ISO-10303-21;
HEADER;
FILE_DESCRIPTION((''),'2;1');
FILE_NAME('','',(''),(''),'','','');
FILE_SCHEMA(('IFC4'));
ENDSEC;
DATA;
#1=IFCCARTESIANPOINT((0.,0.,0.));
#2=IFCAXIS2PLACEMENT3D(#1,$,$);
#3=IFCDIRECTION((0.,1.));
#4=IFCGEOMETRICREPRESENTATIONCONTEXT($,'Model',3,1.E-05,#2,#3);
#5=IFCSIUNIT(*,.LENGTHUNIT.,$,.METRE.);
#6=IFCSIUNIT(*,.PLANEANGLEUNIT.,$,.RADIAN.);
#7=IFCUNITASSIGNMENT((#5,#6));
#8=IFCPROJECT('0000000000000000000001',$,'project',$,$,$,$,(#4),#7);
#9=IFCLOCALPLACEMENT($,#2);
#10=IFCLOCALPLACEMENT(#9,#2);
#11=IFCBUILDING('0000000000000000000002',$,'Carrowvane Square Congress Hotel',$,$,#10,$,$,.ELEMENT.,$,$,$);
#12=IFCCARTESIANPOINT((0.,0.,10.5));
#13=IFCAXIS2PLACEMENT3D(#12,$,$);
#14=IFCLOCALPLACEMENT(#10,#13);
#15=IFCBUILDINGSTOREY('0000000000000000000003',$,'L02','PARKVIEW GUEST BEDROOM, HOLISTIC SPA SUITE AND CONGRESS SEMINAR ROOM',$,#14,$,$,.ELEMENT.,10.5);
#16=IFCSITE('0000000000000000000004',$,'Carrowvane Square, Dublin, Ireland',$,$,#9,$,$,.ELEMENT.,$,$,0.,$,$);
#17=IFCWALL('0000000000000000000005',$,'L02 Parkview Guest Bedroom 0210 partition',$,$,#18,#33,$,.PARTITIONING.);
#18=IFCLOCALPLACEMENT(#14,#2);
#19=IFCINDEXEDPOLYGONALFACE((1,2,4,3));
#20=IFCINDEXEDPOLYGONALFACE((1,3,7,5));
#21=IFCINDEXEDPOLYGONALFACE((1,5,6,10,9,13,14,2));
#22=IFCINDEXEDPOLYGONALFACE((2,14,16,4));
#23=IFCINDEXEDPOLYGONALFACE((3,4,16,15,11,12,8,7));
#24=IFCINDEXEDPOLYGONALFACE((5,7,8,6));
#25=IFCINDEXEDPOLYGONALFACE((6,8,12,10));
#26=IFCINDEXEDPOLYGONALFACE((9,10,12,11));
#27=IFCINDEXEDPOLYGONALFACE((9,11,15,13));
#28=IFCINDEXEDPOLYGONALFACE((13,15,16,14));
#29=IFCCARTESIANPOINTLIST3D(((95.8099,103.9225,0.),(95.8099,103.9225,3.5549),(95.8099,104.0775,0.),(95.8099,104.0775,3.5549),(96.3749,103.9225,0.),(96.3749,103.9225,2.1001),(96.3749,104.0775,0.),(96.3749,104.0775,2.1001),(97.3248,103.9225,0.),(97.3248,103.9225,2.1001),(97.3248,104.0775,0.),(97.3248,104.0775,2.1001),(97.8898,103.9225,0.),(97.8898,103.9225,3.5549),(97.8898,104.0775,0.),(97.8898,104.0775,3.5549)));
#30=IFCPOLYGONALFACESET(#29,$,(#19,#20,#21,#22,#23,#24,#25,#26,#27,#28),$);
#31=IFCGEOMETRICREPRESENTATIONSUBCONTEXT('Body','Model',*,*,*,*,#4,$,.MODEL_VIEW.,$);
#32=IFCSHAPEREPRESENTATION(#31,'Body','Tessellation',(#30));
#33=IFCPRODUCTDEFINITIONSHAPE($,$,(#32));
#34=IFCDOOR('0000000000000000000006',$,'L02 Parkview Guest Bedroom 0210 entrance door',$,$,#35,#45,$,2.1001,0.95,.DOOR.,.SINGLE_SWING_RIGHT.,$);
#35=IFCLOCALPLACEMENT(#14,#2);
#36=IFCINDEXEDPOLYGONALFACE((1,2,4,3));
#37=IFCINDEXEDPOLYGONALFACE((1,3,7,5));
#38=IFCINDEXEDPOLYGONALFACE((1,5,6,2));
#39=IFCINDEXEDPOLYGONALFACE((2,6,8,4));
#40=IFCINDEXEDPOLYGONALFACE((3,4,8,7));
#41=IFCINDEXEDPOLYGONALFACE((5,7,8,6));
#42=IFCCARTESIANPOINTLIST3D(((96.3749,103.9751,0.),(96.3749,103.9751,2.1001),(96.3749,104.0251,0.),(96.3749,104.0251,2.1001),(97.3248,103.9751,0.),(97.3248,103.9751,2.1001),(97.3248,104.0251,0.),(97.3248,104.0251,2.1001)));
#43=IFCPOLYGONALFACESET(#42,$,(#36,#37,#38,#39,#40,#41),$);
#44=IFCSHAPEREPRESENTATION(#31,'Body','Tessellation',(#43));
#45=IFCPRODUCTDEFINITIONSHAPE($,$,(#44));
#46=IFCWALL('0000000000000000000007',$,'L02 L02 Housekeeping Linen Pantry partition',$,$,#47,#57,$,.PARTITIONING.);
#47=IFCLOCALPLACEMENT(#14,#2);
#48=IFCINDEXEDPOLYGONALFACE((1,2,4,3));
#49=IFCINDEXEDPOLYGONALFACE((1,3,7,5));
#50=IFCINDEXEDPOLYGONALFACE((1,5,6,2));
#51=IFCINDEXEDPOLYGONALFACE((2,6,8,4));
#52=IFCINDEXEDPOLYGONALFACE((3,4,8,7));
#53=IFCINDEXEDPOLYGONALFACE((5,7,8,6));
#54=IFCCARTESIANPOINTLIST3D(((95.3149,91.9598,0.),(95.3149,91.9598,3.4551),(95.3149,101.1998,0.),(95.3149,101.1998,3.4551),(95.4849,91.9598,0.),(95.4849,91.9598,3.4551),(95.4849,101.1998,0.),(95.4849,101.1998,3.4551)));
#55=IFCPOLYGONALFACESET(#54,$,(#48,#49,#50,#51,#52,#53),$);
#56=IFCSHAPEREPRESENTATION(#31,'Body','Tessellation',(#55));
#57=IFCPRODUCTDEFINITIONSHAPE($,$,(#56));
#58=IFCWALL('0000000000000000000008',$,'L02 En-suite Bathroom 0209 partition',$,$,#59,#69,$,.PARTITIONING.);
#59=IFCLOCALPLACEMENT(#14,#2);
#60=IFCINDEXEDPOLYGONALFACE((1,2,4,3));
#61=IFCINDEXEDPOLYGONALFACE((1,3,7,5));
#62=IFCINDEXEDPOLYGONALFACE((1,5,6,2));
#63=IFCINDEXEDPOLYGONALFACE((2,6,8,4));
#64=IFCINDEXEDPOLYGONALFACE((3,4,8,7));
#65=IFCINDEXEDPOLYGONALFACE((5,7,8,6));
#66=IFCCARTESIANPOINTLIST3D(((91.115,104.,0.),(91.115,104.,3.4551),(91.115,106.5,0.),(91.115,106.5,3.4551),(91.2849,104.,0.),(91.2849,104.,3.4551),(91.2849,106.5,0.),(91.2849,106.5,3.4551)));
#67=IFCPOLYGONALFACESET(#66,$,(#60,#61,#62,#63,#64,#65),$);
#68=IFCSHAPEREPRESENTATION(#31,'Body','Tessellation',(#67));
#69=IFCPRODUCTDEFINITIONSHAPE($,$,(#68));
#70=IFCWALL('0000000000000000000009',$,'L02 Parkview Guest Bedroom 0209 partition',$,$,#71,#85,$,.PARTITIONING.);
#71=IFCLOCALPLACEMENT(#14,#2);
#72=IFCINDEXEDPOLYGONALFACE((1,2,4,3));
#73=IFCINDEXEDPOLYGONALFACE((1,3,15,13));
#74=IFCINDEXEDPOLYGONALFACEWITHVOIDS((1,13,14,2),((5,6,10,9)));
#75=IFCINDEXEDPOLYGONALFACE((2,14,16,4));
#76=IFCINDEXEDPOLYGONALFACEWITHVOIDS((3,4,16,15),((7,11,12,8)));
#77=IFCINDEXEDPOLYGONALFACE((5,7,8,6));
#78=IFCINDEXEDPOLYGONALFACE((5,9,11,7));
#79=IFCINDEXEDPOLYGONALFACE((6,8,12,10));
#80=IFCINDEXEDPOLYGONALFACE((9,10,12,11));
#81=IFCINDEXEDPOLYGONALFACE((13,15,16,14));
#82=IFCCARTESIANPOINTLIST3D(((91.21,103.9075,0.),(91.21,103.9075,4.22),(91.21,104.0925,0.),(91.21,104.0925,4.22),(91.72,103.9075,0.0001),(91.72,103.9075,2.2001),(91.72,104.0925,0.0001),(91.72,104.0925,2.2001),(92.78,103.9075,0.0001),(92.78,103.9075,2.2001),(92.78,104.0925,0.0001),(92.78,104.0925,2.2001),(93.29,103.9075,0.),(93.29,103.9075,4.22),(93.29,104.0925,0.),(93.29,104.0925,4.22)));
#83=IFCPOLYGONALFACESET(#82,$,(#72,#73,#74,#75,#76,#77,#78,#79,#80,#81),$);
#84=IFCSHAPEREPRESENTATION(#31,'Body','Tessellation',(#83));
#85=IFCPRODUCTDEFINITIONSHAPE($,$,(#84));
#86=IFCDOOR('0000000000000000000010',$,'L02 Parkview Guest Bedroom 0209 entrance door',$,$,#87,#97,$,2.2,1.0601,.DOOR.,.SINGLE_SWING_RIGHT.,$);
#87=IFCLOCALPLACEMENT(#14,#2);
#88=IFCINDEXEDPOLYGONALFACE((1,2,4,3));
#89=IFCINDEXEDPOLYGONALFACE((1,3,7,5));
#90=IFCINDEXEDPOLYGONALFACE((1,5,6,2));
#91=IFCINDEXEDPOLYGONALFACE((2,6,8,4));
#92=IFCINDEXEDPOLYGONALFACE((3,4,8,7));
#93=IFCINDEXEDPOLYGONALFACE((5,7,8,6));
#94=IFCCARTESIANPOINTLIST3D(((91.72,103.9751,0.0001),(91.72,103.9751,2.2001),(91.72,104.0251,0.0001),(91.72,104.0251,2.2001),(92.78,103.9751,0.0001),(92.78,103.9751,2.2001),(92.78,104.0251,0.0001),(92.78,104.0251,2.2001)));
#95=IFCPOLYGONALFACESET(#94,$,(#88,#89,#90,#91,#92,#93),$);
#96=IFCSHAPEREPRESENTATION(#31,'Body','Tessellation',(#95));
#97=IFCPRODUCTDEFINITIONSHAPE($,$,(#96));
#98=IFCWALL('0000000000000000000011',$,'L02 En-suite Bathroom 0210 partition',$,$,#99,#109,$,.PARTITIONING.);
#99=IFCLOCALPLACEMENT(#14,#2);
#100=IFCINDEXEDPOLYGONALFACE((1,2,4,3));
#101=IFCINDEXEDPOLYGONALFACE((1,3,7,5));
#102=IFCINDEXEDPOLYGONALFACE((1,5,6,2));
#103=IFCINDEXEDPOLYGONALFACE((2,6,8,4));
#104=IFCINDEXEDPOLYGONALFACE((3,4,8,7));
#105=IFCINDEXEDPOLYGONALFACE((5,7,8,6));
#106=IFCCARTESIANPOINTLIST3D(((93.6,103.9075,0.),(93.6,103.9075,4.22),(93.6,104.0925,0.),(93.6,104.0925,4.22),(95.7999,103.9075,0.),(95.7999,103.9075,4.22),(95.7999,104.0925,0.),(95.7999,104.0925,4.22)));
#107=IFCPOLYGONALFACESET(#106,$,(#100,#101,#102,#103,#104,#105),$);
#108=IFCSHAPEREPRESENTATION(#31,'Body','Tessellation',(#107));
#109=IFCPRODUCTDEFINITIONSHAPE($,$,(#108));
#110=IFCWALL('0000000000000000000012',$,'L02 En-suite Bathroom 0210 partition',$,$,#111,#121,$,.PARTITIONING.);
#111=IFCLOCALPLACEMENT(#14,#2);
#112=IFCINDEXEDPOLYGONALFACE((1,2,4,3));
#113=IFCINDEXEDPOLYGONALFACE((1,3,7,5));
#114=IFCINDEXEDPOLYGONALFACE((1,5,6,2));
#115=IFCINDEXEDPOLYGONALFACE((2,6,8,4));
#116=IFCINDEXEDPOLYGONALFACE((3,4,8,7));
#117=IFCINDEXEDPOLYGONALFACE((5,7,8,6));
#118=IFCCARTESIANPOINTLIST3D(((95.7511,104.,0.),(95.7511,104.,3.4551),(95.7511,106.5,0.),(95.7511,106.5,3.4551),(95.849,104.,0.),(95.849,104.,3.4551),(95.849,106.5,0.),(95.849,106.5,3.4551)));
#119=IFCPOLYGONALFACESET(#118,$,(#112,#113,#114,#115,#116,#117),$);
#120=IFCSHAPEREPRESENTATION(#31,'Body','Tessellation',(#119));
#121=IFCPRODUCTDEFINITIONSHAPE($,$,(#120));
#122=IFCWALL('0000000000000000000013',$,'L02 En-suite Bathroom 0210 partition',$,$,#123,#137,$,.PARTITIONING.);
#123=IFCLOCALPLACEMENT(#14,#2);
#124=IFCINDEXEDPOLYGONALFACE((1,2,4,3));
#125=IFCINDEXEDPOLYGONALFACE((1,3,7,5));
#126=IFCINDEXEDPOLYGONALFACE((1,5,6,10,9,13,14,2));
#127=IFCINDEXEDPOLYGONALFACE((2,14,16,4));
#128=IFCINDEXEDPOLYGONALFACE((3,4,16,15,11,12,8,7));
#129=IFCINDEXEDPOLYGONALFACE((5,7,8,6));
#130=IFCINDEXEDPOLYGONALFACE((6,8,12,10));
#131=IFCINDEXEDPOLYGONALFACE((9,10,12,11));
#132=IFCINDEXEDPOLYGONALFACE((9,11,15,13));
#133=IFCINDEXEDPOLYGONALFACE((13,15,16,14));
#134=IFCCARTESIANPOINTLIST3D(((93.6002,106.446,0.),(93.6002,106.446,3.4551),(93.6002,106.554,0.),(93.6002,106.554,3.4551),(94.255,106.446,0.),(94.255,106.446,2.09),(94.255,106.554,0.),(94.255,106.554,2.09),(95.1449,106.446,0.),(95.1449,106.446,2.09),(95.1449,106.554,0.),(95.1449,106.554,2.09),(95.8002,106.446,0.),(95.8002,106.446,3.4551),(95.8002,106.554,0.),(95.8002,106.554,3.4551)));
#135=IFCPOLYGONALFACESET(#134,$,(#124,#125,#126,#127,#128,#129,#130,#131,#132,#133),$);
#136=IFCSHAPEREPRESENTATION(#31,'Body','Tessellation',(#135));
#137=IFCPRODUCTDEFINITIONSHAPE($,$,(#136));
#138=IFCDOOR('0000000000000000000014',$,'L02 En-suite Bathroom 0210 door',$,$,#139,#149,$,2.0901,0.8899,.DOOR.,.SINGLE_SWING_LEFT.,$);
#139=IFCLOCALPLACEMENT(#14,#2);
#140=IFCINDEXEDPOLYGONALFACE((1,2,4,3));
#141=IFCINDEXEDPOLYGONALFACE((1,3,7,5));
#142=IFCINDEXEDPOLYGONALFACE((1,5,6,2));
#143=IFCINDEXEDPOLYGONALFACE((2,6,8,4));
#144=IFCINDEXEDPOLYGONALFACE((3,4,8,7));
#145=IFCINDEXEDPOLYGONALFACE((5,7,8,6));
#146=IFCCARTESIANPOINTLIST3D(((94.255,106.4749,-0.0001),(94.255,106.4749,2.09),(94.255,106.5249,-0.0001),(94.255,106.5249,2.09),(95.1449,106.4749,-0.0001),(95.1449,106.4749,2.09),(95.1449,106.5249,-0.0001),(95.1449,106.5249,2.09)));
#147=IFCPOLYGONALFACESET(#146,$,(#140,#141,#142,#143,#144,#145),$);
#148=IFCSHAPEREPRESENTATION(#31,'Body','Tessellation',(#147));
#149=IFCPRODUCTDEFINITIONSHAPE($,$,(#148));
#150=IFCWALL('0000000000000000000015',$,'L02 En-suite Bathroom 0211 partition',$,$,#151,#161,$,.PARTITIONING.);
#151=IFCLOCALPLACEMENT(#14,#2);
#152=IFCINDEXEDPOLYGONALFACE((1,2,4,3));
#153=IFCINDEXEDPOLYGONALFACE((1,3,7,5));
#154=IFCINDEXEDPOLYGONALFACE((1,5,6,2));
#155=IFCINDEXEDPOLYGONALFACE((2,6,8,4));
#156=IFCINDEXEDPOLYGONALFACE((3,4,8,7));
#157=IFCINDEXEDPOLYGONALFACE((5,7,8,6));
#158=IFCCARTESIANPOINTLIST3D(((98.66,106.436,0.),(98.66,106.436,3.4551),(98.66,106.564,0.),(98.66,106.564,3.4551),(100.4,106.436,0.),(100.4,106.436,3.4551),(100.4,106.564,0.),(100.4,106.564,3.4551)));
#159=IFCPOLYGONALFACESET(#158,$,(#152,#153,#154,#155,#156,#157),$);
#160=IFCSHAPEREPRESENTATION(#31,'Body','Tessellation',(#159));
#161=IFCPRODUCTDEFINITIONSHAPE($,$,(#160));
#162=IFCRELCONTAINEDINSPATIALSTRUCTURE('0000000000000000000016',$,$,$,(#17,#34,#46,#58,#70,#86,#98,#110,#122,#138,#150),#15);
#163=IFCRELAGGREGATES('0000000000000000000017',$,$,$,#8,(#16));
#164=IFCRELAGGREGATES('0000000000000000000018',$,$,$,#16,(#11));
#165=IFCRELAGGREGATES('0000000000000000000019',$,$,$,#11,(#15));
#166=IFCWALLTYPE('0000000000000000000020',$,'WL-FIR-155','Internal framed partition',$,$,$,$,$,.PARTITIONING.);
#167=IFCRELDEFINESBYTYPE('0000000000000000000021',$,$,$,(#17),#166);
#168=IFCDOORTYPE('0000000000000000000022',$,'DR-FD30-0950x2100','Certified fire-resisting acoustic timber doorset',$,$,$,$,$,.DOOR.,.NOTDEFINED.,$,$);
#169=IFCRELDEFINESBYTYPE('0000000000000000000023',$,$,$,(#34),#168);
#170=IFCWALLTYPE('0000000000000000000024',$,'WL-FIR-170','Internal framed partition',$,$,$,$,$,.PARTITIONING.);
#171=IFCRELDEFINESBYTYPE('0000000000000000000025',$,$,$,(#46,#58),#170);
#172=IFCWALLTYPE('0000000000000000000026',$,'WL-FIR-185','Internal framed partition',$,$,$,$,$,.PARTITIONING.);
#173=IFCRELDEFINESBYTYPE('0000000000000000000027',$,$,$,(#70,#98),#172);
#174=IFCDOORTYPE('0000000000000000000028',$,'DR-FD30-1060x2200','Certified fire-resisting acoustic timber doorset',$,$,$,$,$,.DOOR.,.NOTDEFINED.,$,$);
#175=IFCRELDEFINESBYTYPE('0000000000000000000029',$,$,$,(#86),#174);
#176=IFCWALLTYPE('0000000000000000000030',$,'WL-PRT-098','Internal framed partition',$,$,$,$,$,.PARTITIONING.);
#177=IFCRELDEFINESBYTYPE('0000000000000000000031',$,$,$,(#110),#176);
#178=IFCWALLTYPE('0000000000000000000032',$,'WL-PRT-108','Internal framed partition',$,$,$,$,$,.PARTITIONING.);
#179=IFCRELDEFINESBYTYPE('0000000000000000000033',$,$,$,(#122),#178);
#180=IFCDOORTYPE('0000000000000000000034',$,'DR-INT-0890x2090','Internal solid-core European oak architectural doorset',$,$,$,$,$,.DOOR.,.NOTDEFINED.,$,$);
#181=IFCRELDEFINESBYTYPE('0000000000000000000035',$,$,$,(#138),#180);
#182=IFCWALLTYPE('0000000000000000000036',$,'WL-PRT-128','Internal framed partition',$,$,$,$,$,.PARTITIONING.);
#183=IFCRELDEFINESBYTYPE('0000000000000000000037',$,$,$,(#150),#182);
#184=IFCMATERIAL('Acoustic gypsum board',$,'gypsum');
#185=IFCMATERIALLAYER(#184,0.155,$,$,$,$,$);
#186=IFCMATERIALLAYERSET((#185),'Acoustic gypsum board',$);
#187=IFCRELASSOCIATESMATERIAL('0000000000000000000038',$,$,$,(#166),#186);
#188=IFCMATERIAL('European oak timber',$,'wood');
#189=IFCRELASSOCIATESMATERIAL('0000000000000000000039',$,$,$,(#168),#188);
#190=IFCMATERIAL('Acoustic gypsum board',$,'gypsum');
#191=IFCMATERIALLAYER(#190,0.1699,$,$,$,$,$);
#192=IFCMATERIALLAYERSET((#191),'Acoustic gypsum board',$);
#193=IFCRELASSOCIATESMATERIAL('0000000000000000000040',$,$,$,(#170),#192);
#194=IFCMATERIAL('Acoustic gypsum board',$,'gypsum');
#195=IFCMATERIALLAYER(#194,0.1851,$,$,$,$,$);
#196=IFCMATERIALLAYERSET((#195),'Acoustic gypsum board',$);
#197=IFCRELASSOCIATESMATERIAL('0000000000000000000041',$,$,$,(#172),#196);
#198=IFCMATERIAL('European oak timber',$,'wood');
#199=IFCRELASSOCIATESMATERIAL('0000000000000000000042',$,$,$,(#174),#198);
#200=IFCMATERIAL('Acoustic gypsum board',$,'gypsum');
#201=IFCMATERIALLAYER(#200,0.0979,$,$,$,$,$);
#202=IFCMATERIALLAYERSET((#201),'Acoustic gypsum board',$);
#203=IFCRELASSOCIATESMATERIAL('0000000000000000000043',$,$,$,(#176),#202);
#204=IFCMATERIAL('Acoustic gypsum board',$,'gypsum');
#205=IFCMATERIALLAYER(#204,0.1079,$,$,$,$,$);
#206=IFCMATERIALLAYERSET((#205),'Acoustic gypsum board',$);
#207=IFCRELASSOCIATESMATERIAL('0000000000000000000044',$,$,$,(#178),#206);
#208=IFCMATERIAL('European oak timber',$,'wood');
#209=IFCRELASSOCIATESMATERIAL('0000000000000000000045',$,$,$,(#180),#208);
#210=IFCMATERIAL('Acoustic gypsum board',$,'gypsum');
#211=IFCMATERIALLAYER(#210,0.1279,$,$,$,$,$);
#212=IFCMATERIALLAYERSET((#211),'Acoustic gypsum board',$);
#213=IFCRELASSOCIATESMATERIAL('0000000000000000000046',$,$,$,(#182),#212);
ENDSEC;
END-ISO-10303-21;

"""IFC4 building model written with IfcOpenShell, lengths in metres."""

from ifc_helpers import new_model, si_unit, direction, frame, frame_2d, origin, place, context, subcontext, project, spatial, rectangle, extrude, material, layer, layer_set, type_object, element, fill, save


model = new_model("IFC4")

# Units and contexts
model_context = context("Model", 3, precision=1e-05, world=origin(), true_north=direction((0.0, 1.0)))
body_context = subcontext(model_context, "Body", "Model", "MODEL_VIEW")
ifc_project = project(units=[si_unit("LENGTHUNIT", "METRE"), si_unit("PLANEANGLEUNIT", "RADIAN")], contexts=[model_context])

# Site, building, storey
site_placement = place(None, origin())
site = spatial("IfcSite", under=ifc_project, at=site_placement, Name="Carrowvane Square, Dublin, Ireland", CompositionType="ELEMENT", RefElevation=0.0)
building_placement = place(site_placement, origin())
building = spatial("IfcBuilding", under=site, at=building_placement, Name="Carrowvane Square Congress Hotel", CompositionType="ELEMENT")
storey_placement = place(building_placement, frame((0.0, 0.0, 10.5)))
storey = spatial("IfcBuildingStorey", under=building, at=storey_placement, Name="L02", Description="PARKVIEW GUEST BEDROOM, HOLISTIC SPA SUITE AND CONGRESS SEMINAR ROOM", CompositionType="ELEMENT", Elevation=10.5)

# Wall, opening, door
ifc_material_1 = material(Name="Acoustic gypsum board", Category="gypsum")
ifc_layer_1 = layer(ifc_material_1, 0.155)
ifc_layer_set_1 = layer_set([ifc_layer_1], Name="Acoustic gypsum board")
wall_type_1 = type_object("IfcWallType", Name="WL-FIR-155", Description="Internal framed partition", PredefinedType="PARTITIONING", material=ifc_layer_set_1)
wall_1_placement = place(storey_placement, frame((97.8899, 104.0, 0.0), z_axis=(0.0, 0.0, 1.0), x_axis=(-1.0, 0.0, 0.0)))
wall_1 = element("IfcWall", 1, at=wall_1_placement, inside=storey, type_object=wall_type_1, Name="L02 Parkview Guest Bedroom 0210 partition", PredefinedType="PARTITIONING", context=body_context, shape_type="SweptSolid", body=[
    extrude(rectangle(XDim=2.0798, YDim=0.155, at=frame_2d((1.04, 0.0))), origin(), (0.0, 0.0, 1.0), 3.5549),
])
opening_1_placement = place(wall_1_placement, frame((0.5649, 0.0, 0.0)))
opening_1 = element("IfcOpeningElement", 2, at=opening_1_placement, cuts=wall_1, PredefinedType="OPENING", context=body_context, shape_type="SweptSolid", body=[
    extrude(rectangle(XDim=0.95, YDim=2.1001, at=frame_2d((0.4751, 1.05))), frame((0.0, 0.0874, 0.0), z_axis=(0.0, -1.0, 0.0), x_axis=(1.0, 0.0, 0.0)), (0.0, 0.0, 1.0), 0.175),
])
ifc_material_2 = material(Name="European oak timber", Category="wood")
door_type_1 = type_object("IfcDoorType", Name="DR-FD30-0950x2100", Description="Certified fire-resisting acoustic timber doorset", OperationType="NOTDEFINED", PredefinedType="DOOR", material=ifc_material_2)
door_1_placement = place(opening_1_placement, origin())
door_1 = element("IfcDoor", 3, at=door_1_placement, inside=storey, type_object=door_type_1, Name="L02 Parkview Guest Bedroom 0210 entrance door", OperationType="SINGLE_SWING_RIGHT", OverallHeight=2.1001, OverallWidth=0.95, PredefinedType="DOOR", context=body_context, shape_type="SweptSolid", body=[
    extrude(rectangle(XDim=0.95, YDim=2.1001, at=frame_2d((0.4751, 1.05))), frame((0.0, 0.0249, 0.0), z_axis=(0.0, -1.0, 0.0), x_axis=(1.0, 0.0, 0.0)), (0.0, 0.0, 1.0), 0.05),
])
fill(opening_1, door_1)

# Walls
ifc_material_3 = material(Name="Acoustic gypsum board", Category="gypsum")
ifc_layer_2 = layer(ifc_material_3, 0.1699)
ifc_layer_set_2 = layer_set([ifc_layer_2], Name="Acoustic gypsum board")
wall_type_2 = type_object("IfcWallType", Name="WL-FIR-170", Description="Internal framed partition", PredefinedType="PARTITIONING", material=ifc_layer_set_2)
wall_2_placement = place(storey_placement, frame((95.3999, 101.2, 0.0), z_axis=(0.0, 0.0, 1.0), x_axis=(0.0, -1.0, 0.0)))
element("IfcWall", 4, at=wall_2_placement, inside=storey, type_object=wall_type_2, Name="L02 L02 Housekeeping Linen Pantry partition", PredefinedType="PARTITIONING", context=body_context, shape_type="SweptSolid", body=[
    extrude(rectangle(XDim=9.24, YDim=0.1699, at=frame_2d((4.6201, 0.0))), origin(), (0.0, 0.0, 1.0), 3.4551),
])
wall_3_placement = place(storey_placement, frame((91.2, 106.5, 0.0), z_axis=(0.0, 0.0, 1.0), x_axis=(0.0, -1.0, 0.0)))
element("IfcWall", 5, at=wall_3_placement, inside=storey, type_object=wall_type_2, Name="L02 En-suite Bathroom 0209 partition", PredefinedType="PARTITIONING", context=body_context, shape_type="SweptSolid", body=[
    extrude(rectangle(XDim=2.5, YDim=0.1699, at=frame_2d((1.25, 0.0))), origin(), (0.0, 0.0, 1.0), 3.4551),
])

# Wall, opening, door
ifc_material_4 = material(Name="Acoustic gypsum board", Category="gypsum")
ifc_layer_3 = layer(ifc_material_4, 0.1851)
ifc_layer_set_3 = layer_set([ifc_layer_3], Name="Acoustic gypsum board")
wall_type_3 = type_object("IfcWallType", Name="WL-FIR-185", Description="Internal framed partition", PredefinedType="PARTITIONING", material=ifc_layer_set_3)
wall_4_placement = place(storey_placement, frame((93.29, 104.0, 0.0), z_axis=(0.0, 0.0, 1.0), x_axis=(-1.0, 0.0, 0.0)))
wall_4 = element("IfcWall", 6, at=wall_4_placement, inside=storey, type_object=wall_type_3, Name="L02 Parkview Guest Bedroom 0209 partition", PredefinedType="PARTITIONING", context=body_context, shape_type="SweptSolid", body=[
    extrude(rectangle(XDim=2.0801, YDim=0.1851, at=frame_2d((1.04, 0.0))), origin(), (0.0, 0.0, 1.0), 4.22),
])
opening_2_placement = place(wall_4_placement, frame((0.51, 0.0, 0.0)))
opening_2 = element("IfcOpeningElement", 7, at=opening_2_placement, cuts=wall_4, PredefinedType="OPENING", context=body_context, shape_type="SweptSolid", body=[
    extrude(rectangle(XDim=1.0601, YDim=2.2, at=frame_2d((0.53, 1.1001))), frame((0.0, 0.1025, 0.0), z_axis=(0.0, -1.0, 0.0), x_axis=(1.0, 0.0, 0.0)), (0.0, 0.0, 1.0), 0.2051),
])
ifc_material_5 = material(Name="European oak timber", Category="wood")
door_type_2 = type_object("IfcDoorType", Name="DR-FD30-1060x2200", Description="Certified fire-resisting acoustic timber doorset", OperationType="NOTDEFINED", PredefinedType="DOOR", material=ifc_material_5)
door_2_placement = place(opening_2_placement, origin())
door_2 = element("IfcDoor", 8, at=door_2_placement, inside=storey, type_object=door_type_2, Name="L02 Parkview Guest Bedroom 0209 entrance door", OperationType="SINGLE_SWING_RIGHT", OverallHeight=2.2, OverallWidth=1.0601, PredefinedType="DOOR", context=body_context, shape_type="SweptSolid", body=[
    extrude(rectangle(XDim=1.0601, YDim=2.2, at=frame_2d((0.53, 1.1001))), frame((0.0, 0.0249, 0.0), z_axis=(0.0, -1.0, 0.0), x_axis=(1.0, 0.0, 0.0)), (0.0, 0.0, 1.0), 0.05),
])
fill(opening_2, door_2)

# Walls
wall_5_placement = place(storey_placement, frame((95.8, 104.0, 0.0), z_axis=(0.0, 0.0, 1.0), x_axis=(-1.0, 0.0, 0.0)))
element("IfcWall", 9, at=wall_5_placement, inside=storey, type_object=wall_type_3, Name="L02 En-suite Bathroom 0210 partition", PredefinedType="PARTITIONING", context=body_context, shape_type="SweptSolid", body=[
    extrude(rectangle(XDim=2.2, YDim=0.1851, at=frame_2d((1.1001, 0.0))), origin(), (0.0, 0.0, 1.0), 4.22),
])
ifc_material_6 = material(Name="Acoustic gypsum board", Category="gypsum")
ifc_layer_4 = layer(ifc_material_6, 0.0979)
ifc_layer_set_4 = layer_set([ifc_layer_4], Name="Acoustic gypsum board")
wall_type_4 = type_object("IfcWallType", Name="WL-PRT-098", Description="Internal framed partition", PredefinedType="PARTITIONING", material=ifc_layer_set_4)
wall_6_placement = place(storey_placement, frame((95.8, 106.5, 0.0), z_axis=(0.0, 0.0, 1.0), x_axis=(0.0, -1.0, 0.0)))
element("IfcWall", 10, at=wall_6_placement, inside=storey, type_object=wall_type_4, Name="L02 En-suite Bathroom 0210 partition", PredefinedType="PARTITIONING", context=body_context, shape_type="SweptSolid", body=[
    extrude(rectangle(XDim=2.5, YDim=0.0979, at=frame_2d((1.25, 0.0))), origin(), (0.0, 0.0, 1.0), 3.4551),
])

# Wall, opening, door
ifc_material_7 = material(Name="Acoustic gypsum board", Category="gypsum")
ifc_layer_5 = layer(ifc_material_7, 0.1079)
ifc_layer_set_5 = layer_set([ifc_layer_5], Name="Acoustic gypsum board")
wall_type_5 = type_object("IfcWallType", Name="WL-PRT-108", Description="Internal framed partition", PredefinedType="PARTITIONING", material=ifc_layer_set_5)
wall_7_placement = place(storey_placement, frame((93.6001, 106.5, 0.0), z_axis=(0.0, 0.0, 1.0), x_axis=(1.0, 0.0, 0.0)))
wall_7 = element("IfcWall", 11, at=wall_7_placement, inside=storey, type_object=wall_type_5, Name="L02 En-suite Bathroom 0210 partition", PredefinedType="PARTITIONING", context=body_context, shape_type="SweptSolid", body=[
    extrude(rectangle(XDim=2.2, YDim=0.1079, at=frame_2d((1.1001, 0.0))), origin(), (0.0, 0.0, 1.0), 3.4551),
])
opening_3_placement = place(wall_7_placement, frame((0.655, 0.0, 0.0)))
opening_3 = element("IfcOpeningElement", 12, at=opening_3_placement, cuts=wall_7, PredefinedType="OPENING", context=body_context, shape_type="SweptSolid", body=[
    extrude(rectangle(XDim=0.8899, YDim=2.0901, at=frame_2d((0.4448, 1.0449))), frame((0.0, 0.064, 0.0), z_axis=(0.0, -1.0, 0.0), x_axis=(1.0, 0.0, 0.0)), (0.0, 0.0, 1.0), 0.1279),
])
ifc_material_8 = material(Name="European oak timber", Category="wood")
door_type_3 = type_object("IfcDoorType", Name="DR-INT-0890x2090", Description="Internal solid-core European oak architectural doorset", OperationType="NOTDEFINED", PredefinedType="DOOR", material=ifc_material_8)
door_3_placement = place(opening_3_placement, origin())
door_3 = element("IfcDoor", 13, at=door_3_placement, inside=storey, type_object=door_type_3, Name="L02 En-suite Bathroom 0210 door", OperationType="SINGLE_SWING_LEFT", OverallHeight=2.0901, OverallWidth=0.8899, PredefinedType="DOOR", context=body_context, shape_type="SweptSolid", body=[
    extrude(rectangle(XDim=0.8899, YDim=2.0901, at=frame_2d((0.4448, 1.0449))), frame((0.0, 0.0249, 0.0), z_axis=(0.0, -1.0, 0.0), x_axis=(1.0, 0.0, 0.0)), (0.0, 0.0, 1.0), 0.05),
])
fill(opening_3, door_3)

# Wall
ifc_material_9 = material(Name="Acoustic gypsum board", Category="gypsum")
ifc_layer_6 = layer(ifc_material_9, 0.1279)
ifc_layer_set_6 = layer_set([ifc_layer_6], Name="Acoustic gypsum board")
wall_type_6 = type_object("IfcWallType", Name="WL-PRT-128", Description="Internal framed partition", PredefinedType="PARTITIONING", material=ifc_layer_set_6)
wall_8_placement = place(storey_placement, frame((98.6599, 106.5, 0.0), z_axis=(0.0, 0.0, 1.0), x_axis=(1.0, 0.0, 0.0)))
element("IfcWall", 14, at=wall_8_placement, inside=storey, type_object=wall_type_6, Name="L02 En-suite Bathroom 0211 partition", PredefinedType="PARTITIONING", context=body_context, shape_type="SweptSolid", body=[
    extrude(rectangle(XDim=1.74, YDim=0.1279, at=frame_2d((0.8701, 0.0))), origin(), (0.0, 0.0, 1.0), 3.4551),
])

save(model, "model.ifc")
